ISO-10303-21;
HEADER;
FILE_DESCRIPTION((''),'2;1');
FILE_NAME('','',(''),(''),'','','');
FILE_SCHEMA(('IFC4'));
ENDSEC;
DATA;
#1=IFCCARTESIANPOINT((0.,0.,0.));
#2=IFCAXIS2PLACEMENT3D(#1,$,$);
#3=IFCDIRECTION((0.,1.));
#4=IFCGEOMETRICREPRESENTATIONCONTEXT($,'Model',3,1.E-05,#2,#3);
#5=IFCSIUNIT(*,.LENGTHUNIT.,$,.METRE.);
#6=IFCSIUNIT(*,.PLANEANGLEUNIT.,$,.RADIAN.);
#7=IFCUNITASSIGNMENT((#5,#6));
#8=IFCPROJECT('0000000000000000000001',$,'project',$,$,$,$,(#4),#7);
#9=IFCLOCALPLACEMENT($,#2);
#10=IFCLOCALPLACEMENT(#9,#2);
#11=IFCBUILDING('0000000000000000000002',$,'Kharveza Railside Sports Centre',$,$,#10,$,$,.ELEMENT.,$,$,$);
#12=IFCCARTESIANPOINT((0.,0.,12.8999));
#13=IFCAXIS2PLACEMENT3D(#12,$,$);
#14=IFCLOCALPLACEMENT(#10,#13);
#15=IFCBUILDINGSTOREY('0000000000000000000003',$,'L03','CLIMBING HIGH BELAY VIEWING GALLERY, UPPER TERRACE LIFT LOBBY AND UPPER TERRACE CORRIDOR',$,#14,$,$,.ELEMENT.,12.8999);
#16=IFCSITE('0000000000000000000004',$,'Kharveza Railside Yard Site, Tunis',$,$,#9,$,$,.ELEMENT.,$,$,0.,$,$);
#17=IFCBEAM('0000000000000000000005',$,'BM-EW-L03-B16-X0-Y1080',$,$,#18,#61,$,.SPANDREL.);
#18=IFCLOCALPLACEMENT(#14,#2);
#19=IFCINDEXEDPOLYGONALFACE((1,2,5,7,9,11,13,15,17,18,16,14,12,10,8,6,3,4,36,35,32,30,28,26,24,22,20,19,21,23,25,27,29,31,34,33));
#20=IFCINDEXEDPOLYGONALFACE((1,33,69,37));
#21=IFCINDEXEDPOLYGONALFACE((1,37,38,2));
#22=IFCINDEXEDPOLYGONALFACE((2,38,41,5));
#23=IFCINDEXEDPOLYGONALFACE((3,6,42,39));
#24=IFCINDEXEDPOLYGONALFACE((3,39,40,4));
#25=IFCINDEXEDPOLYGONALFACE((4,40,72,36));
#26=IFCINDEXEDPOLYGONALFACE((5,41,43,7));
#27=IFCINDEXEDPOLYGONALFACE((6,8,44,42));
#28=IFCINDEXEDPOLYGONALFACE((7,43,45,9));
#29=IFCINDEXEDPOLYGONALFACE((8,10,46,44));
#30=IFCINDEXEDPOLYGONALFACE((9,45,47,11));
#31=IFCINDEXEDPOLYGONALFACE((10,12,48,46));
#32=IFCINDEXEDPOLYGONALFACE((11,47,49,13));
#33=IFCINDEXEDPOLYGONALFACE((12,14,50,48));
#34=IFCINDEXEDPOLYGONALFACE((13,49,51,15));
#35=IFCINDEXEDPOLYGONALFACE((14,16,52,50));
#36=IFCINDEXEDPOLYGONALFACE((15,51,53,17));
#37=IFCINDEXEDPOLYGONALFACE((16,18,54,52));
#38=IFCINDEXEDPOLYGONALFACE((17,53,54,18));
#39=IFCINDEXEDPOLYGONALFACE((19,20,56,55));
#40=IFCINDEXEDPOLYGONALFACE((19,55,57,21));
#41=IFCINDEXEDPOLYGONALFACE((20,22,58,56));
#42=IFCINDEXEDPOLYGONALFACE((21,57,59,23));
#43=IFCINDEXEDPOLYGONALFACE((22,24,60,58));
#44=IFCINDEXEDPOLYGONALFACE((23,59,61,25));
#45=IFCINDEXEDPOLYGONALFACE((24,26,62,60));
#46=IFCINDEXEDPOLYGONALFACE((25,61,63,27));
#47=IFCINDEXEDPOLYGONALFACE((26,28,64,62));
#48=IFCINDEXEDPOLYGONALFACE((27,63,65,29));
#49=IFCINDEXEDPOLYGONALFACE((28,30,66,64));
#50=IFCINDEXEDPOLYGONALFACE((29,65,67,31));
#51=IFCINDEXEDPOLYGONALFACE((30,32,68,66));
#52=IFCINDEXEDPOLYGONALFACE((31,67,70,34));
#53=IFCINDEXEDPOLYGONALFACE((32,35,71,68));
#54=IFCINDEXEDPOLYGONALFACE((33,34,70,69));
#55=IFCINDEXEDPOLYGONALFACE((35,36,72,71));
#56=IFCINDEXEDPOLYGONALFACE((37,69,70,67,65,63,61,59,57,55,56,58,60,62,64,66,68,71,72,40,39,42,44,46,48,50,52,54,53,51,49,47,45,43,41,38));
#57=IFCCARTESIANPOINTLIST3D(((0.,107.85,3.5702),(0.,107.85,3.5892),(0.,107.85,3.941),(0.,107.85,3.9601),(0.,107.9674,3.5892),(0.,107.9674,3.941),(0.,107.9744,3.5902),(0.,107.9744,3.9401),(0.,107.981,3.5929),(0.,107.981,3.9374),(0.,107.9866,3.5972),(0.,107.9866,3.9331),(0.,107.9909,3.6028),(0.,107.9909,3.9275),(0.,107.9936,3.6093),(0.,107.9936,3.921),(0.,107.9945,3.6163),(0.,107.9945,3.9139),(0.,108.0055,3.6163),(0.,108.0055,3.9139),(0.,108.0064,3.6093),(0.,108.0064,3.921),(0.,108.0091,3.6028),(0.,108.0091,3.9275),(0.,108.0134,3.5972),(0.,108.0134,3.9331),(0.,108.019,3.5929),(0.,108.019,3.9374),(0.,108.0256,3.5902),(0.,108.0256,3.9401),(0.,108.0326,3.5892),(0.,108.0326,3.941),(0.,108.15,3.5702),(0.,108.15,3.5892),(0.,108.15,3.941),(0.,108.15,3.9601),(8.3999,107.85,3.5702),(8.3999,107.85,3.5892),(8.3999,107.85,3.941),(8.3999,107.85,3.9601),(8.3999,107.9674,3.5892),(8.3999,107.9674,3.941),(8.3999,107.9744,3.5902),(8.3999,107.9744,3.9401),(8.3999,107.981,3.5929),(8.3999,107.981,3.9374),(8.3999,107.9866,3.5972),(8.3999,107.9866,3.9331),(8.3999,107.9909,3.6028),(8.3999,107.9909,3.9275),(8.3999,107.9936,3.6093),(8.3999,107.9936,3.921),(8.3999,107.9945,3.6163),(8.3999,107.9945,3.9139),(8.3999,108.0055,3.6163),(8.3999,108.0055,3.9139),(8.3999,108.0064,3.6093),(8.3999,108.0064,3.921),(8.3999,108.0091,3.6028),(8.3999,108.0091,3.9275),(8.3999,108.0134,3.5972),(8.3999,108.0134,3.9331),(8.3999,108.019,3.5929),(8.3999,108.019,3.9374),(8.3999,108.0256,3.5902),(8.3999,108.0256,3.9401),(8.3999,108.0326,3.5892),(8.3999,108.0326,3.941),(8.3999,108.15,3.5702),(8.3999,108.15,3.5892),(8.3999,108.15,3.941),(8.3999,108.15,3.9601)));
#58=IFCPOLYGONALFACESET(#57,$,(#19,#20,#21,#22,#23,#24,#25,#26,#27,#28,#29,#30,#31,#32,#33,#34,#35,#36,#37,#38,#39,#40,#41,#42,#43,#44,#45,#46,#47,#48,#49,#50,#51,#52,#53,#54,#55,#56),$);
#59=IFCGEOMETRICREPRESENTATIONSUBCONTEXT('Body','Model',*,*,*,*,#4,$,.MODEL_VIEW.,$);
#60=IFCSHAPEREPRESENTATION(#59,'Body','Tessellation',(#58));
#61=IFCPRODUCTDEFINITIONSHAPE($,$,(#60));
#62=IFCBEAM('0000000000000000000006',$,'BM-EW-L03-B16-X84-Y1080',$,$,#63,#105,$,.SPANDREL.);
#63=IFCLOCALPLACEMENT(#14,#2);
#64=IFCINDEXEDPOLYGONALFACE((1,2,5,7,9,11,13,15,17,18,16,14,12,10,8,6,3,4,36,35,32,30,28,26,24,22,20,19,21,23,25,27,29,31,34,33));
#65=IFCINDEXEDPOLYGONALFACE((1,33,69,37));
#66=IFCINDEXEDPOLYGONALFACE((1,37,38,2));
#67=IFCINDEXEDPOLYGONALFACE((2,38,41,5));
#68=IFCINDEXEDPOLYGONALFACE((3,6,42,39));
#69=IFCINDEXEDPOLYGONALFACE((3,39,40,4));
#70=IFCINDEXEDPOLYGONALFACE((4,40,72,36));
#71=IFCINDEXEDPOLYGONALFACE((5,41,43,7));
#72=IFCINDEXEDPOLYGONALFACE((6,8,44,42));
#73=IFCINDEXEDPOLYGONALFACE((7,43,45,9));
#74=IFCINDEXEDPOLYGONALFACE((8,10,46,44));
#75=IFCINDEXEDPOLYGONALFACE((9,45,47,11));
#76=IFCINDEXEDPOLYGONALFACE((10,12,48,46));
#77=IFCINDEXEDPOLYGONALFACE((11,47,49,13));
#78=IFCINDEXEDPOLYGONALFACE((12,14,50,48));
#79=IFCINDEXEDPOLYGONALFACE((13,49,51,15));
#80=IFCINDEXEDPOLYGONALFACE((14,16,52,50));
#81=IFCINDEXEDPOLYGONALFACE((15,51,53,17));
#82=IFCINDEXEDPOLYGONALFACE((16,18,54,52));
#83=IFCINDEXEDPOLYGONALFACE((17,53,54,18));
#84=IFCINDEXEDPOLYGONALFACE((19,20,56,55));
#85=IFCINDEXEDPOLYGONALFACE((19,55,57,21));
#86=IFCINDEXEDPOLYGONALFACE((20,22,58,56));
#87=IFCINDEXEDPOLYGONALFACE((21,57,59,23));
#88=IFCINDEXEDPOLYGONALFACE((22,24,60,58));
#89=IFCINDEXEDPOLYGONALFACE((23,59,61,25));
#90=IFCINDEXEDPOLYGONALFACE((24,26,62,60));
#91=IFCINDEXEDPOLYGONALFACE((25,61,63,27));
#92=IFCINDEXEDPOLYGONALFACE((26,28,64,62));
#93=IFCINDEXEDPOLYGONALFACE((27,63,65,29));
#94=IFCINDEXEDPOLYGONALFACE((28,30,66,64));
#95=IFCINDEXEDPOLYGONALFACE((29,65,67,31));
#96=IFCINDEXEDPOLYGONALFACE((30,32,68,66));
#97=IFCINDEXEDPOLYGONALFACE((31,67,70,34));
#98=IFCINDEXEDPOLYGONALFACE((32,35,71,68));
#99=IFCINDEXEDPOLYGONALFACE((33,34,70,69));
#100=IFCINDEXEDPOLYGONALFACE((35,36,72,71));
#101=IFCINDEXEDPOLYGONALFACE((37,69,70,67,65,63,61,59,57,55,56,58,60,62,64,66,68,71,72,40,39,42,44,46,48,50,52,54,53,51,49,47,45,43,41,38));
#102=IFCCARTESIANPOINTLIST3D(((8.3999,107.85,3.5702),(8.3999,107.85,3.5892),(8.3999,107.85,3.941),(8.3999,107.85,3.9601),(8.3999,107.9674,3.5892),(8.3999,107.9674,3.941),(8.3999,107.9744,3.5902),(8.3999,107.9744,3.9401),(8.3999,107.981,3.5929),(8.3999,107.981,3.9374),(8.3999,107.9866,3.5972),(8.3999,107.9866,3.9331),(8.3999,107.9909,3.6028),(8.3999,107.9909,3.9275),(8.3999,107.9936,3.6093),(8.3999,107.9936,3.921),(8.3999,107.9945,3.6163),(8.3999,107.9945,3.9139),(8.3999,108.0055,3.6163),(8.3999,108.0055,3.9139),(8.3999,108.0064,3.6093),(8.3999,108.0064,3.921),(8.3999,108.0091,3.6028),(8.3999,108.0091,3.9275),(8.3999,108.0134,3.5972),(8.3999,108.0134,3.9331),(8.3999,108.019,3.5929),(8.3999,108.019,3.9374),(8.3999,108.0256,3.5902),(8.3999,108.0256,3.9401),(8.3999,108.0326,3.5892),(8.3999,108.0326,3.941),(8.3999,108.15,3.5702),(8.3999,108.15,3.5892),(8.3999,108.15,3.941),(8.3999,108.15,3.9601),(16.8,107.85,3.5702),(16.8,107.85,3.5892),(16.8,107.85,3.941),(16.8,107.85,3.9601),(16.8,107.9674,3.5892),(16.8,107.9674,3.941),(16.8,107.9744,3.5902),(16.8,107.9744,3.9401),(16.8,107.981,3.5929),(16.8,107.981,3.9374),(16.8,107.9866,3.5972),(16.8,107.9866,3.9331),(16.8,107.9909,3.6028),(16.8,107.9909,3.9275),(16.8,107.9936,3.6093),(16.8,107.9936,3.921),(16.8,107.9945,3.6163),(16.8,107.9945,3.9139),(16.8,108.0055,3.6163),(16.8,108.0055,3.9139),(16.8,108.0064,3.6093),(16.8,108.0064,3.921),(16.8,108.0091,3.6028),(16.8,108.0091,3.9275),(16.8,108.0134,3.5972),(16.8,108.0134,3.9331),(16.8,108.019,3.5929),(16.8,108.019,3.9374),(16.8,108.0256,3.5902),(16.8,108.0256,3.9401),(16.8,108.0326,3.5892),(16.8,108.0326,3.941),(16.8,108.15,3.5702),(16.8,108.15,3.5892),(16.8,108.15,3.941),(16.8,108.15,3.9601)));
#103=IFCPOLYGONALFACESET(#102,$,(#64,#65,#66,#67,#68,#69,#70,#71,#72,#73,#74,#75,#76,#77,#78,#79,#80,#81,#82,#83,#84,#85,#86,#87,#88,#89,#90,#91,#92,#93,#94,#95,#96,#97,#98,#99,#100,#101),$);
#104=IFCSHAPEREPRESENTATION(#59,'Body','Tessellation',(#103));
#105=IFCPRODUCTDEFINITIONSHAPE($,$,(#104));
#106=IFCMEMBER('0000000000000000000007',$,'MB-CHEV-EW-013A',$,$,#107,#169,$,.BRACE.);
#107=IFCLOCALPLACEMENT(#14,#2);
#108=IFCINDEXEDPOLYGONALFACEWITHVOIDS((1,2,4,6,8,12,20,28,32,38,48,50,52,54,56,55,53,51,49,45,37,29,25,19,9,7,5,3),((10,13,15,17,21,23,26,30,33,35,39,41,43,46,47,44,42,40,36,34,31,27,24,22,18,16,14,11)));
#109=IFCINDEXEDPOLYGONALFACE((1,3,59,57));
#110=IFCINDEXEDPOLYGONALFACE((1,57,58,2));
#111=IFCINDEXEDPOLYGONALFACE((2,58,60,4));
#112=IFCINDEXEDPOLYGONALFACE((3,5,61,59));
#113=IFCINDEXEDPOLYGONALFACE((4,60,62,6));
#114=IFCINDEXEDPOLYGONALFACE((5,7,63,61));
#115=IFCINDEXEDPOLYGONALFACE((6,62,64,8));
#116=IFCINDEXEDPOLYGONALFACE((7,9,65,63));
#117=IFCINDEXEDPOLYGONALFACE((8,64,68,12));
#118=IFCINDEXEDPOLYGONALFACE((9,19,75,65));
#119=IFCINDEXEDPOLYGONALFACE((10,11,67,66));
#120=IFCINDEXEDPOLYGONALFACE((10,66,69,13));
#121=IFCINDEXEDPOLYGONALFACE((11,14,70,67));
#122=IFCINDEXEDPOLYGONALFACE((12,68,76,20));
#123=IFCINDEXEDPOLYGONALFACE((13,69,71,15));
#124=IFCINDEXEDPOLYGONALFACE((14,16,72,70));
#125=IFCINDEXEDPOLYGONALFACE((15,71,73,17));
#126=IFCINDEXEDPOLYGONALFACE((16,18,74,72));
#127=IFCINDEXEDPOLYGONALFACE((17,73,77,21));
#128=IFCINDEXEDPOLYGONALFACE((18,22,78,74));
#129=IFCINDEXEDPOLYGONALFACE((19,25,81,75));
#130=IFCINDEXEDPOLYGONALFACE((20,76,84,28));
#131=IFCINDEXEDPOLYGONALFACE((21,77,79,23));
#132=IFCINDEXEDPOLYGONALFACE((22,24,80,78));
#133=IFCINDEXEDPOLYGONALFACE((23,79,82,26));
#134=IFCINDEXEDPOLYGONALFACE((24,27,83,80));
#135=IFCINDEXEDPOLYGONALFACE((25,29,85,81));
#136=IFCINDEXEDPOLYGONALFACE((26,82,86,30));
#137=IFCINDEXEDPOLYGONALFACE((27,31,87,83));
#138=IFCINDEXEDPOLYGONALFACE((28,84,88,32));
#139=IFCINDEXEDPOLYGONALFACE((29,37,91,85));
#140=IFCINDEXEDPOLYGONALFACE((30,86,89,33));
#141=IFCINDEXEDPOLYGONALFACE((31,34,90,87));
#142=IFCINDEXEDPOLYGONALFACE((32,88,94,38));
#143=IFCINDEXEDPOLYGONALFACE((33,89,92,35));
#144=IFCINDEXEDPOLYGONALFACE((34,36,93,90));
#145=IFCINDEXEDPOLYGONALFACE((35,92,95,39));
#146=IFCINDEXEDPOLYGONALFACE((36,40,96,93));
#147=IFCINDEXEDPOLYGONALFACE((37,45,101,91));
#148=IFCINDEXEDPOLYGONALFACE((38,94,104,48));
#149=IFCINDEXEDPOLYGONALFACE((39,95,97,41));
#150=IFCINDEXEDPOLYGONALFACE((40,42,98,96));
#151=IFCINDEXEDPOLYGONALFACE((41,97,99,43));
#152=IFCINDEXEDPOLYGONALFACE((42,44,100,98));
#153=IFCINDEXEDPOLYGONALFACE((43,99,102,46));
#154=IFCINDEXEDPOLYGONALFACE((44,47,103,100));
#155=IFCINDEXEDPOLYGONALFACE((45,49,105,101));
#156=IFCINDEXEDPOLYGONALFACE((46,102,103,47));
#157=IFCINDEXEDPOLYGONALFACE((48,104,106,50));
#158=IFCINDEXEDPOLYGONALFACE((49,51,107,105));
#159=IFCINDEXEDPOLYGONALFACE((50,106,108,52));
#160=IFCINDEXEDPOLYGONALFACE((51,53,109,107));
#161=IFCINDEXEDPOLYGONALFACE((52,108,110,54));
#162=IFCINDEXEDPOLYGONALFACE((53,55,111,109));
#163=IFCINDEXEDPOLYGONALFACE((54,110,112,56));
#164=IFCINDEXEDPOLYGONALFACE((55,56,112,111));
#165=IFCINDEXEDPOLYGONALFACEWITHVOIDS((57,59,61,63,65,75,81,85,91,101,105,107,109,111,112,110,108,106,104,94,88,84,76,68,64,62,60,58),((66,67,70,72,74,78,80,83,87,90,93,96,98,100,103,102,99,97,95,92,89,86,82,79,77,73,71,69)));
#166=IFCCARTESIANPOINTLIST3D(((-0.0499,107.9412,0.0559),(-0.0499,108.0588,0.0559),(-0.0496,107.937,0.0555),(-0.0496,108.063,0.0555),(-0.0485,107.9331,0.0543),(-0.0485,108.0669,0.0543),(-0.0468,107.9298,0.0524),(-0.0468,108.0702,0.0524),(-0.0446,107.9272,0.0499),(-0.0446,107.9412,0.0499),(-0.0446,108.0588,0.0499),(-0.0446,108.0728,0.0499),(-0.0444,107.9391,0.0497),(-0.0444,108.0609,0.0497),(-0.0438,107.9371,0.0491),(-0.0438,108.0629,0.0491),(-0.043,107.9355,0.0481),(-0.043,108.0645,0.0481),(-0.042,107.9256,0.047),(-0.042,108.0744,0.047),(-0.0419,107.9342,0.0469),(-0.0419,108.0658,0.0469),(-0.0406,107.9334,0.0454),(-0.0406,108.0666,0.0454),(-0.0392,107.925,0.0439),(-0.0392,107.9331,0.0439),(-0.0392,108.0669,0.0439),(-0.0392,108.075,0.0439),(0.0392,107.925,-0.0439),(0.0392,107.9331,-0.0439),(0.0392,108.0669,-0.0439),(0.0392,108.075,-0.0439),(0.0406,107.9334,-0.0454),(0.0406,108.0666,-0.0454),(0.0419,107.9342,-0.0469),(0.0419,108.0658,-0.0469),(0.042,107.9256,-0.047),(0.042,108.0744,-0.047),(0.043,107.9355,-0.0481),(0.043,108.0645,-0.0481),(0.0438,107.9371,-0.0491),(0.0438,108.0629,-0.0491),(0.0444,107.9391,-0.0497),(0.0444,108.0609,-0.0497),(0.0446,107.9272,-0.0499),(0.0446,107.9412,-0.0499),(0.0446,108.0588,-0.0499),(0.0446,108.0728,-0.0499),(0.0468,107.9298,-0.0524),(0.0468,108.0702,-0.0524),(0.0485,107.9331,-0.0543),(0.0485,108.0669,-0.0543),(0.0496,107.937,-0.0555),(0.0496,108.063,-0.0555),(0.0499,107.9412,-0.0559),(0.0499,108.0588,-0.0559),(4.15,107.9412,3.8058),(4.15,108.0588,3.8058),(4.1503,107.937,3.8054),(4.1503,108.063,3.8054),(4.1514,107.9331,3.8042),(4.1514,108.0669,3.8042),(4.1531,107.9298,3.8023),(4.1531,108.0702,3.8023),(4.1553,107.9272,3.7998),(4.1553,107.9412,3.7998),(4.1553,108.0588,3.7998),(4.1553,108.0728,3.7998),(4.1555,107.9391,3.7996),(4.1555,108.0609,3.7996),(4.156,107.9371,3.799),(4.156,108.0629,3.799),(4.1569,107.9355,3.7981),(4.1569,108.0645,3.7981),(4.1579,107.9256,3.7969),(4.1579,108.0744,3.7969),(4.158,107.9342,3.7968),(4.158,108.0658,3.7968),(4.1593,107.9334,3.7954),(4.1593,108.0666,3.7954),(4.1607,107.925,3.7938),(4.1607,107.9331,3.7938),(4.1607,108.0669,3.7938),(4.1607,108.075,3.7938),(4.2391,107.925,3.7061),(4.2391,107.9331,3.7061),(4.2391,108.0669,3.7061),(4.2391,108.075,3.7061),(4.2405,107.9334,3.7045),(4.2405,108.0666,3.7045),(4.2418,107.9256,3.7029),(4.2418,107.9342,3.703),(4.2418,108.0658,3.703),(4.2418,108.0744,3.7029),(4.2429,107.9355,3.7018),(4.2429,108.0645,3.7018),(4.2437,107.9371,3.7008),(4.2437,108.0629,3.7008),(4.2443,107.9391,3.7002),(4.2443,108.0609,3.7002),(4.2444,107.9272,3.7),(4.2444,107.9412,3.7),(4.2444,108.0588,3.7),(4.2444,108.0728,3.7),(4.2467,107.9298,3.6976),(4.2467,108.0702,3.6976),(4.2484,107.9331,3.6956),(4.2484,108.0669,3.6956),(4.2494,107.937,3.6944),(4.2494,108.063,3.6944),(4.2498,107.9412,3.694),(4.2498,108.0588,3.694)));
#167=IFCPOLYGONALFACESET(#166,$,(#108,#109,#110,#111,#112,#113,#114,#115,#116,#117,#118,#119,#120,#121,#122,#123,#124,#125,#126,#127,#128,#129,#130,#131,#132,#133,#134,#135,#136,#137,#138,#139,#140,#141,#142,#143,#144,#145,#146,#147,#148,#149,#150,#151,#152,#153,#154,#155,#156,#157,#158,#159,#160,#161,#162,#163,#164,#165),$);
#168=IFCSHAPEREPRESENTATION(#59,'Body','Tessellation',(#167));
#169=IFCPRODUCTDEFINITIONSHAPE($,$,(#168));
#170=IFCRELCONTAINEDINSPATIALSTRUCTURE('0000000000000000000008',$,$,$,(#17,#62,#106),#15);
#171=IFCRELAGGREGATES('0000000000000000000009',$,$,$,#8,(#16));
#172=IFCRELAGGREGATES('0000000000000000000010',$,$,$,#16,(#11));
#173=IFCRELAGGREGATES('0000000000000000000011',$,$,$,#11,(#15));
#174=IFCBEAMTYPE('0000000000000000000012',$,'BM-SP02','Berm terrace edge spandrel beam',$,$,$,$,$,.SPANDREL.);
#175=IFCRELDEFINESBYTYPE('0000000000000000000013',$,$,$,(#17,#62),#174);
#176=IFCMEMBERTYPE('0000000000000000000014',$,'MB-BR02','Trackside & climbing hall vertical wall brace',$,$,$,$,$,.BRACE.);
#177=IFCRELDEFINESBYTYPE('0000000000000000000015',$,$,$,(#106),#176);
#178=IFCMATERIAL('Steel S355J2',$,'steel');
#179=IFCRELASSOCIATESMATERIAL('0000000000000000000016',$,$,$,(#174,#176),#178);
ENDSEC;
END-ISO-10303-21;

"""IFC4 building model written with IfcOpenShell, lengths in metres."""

from ifc_helpers import new_model, si_unit, direction, frame, origin, origin_2d, place, context, subcontext, project, spatial, hollow_rectangle, i_section, extrude, material, material_profile, profile_set, type_object, element, save


model = new_model("IFC4")

# Units and contexts
model_context = context("Model", 3, precision=1e-05, world=origin(), true_north=direction((0.0, 1.0)))
body_context = subcontext(model_context, "Body", "Model", "MODEL_VIEW")
ifc_project = project(units=[si_unit("LENGTHUNIT", "METRE"), si_unit("PLANEANGLEUNIT", "RADIAN")], contexts=[model_context])

# Site, building, storey
site_placement = place(None, origin())
site = spatial("IfcSite", under=ifc_project, at=site_placement, Name="Kharveza Railside Yard Site, Tunis", CompositionType="ELEMENT", RefElevation=0.0)
building_placement = place(site_placement, origin())
building = spatial("IfcBuilding", under=site, at=building_placement, Name="Kharveza Railside Sports Centre", CompositionType="ELEMENT")
storey_placement = place(building_placement, frame((0.0, 0.0, 12.8999)))
storey = spatial("IfcBuildingStorey", under=building, at=storey_placement, Name="L03", Description="CLIMBING HIGH BELAY VIEWING GALLERY, UPPER TERRACE LIFT LOBBY AND UPPER TERRACE CORRIDOR", CompositionType="ELEMENT", Elevation=12.8999)

# Shared definitions
ifc_material_1 = material(Name="Steel S355J2", Category="steel")

# Beams
ifc_material_profile_1 = material_profile(ifc_material_1, i_section(OverallWidth=0.3, OverallDepth=0.3899, WebThickness=0.011, FlangeThickness=0.019, FilletRadius=0.0271, at=origin_2d()), Name="HEA 400")
ifc_profile_set_1 = profile_set([ifc_material_profile_1], Name="Steel S355J2")
beam_type_1 = type_object("IfcBeamType", Name="BM-SP02", Description="Berm terrace edge spandrel beam", PredefinedType="SPANDREL", material=ifc_profile_set_1)
beam_1_placement = place(storey_placement, frame((0.0, 108.0, 3.7651), z_axis=(1.0, 0.0, 0.0), x_axis=(0.0, 1.0, 0.0)))
element("IfcBeam", 1, at=beam_1_placement, inside=storey, type_object=beam_type_1, Name="BM-EW-L03-B16-X0-Y1080", PredefinedType="SPANDREL", context=body_context, shape_type="SweptSolid", body=[
    extrude(i_section(OverallWidth=0.3, OverallDepth=0.3899, WebThickness=0.011, FlangeThickness=0.019, FilletRadius=0.0271, at=origin_2d()), origin(), (0.0, 0.0, 1.0), 8.3999),
])
beam_2_placement = place(storey_placement, frame((8.3999, 108.0, 3.7651), z_axis=(1.0, 0.0, 0.0), x_axis=(0.0, 1.0, 0.0)))
element("IfcBeam", 2, at=beam_2_placement, inside=storey, type_object=beam_type_1, Name="BM-EW-L03-B16-X84-Y1080", PredefinedType="SPANDREL", context=body_context, shape_type="SweptSolid", body=[
    extrude(i_section(OverallWidth=0.3, OverallDepth=0.3899, WebThickness=0.011, FlangeThickness=0.019, FilletRadius=0.0271, at=origin_2d()), origin(), (0.0, 0.0, 1.0), 8.4001),
])

# Member
ifc_material_profile_2 = material_profile(ifc_material_1, hollow_rectangle(XDim=0.1499, YDim=0.1499, WallThickness=0.0081, InnerFilletRadius=0.0081, OuterFilletRadius=0.0161, at=origin_2d()), Name="SHS 150x150x8.0")
ifc_profile_set_2 = profile_set([ifc_material_profile_2], Name="Steel S355J2")
member_type = type_object("IfcMemberType", Name="MB-BR02", Description="Trackside & climbing hall vertical wall brace", PredefinedType="BRACE", material=ifc_profile_set_2)
for number, where, z_axis, x_axis, name in (
    (3, (0.0, 108.0, 0.0), (0.745934, 0.0, 0.66602), (0.0, 1.0, 0.0), "MB-CHEV-EW-013A"),
):
    element("IfcMember", number, at=place(storey_placement, frame(where, z_axis=z_axis, x_axis=x_axis)), inside=storey, type_object=member_type, Name=name, PredefinedType="BRACE", context=body_context, shape_type="SweptSolid", body=[
        extrude(hollow_rectangle(XDim=0.1499, YDim=0.1499, WallThickness=0.0081, InnerFilletRadius=0.0081, OuterFilletRadius=0.0161, at=origin_2d()), origin(), (0.0, 0.0, 1.0), 5.6304),
    ])

save(model, "model.ifc")
